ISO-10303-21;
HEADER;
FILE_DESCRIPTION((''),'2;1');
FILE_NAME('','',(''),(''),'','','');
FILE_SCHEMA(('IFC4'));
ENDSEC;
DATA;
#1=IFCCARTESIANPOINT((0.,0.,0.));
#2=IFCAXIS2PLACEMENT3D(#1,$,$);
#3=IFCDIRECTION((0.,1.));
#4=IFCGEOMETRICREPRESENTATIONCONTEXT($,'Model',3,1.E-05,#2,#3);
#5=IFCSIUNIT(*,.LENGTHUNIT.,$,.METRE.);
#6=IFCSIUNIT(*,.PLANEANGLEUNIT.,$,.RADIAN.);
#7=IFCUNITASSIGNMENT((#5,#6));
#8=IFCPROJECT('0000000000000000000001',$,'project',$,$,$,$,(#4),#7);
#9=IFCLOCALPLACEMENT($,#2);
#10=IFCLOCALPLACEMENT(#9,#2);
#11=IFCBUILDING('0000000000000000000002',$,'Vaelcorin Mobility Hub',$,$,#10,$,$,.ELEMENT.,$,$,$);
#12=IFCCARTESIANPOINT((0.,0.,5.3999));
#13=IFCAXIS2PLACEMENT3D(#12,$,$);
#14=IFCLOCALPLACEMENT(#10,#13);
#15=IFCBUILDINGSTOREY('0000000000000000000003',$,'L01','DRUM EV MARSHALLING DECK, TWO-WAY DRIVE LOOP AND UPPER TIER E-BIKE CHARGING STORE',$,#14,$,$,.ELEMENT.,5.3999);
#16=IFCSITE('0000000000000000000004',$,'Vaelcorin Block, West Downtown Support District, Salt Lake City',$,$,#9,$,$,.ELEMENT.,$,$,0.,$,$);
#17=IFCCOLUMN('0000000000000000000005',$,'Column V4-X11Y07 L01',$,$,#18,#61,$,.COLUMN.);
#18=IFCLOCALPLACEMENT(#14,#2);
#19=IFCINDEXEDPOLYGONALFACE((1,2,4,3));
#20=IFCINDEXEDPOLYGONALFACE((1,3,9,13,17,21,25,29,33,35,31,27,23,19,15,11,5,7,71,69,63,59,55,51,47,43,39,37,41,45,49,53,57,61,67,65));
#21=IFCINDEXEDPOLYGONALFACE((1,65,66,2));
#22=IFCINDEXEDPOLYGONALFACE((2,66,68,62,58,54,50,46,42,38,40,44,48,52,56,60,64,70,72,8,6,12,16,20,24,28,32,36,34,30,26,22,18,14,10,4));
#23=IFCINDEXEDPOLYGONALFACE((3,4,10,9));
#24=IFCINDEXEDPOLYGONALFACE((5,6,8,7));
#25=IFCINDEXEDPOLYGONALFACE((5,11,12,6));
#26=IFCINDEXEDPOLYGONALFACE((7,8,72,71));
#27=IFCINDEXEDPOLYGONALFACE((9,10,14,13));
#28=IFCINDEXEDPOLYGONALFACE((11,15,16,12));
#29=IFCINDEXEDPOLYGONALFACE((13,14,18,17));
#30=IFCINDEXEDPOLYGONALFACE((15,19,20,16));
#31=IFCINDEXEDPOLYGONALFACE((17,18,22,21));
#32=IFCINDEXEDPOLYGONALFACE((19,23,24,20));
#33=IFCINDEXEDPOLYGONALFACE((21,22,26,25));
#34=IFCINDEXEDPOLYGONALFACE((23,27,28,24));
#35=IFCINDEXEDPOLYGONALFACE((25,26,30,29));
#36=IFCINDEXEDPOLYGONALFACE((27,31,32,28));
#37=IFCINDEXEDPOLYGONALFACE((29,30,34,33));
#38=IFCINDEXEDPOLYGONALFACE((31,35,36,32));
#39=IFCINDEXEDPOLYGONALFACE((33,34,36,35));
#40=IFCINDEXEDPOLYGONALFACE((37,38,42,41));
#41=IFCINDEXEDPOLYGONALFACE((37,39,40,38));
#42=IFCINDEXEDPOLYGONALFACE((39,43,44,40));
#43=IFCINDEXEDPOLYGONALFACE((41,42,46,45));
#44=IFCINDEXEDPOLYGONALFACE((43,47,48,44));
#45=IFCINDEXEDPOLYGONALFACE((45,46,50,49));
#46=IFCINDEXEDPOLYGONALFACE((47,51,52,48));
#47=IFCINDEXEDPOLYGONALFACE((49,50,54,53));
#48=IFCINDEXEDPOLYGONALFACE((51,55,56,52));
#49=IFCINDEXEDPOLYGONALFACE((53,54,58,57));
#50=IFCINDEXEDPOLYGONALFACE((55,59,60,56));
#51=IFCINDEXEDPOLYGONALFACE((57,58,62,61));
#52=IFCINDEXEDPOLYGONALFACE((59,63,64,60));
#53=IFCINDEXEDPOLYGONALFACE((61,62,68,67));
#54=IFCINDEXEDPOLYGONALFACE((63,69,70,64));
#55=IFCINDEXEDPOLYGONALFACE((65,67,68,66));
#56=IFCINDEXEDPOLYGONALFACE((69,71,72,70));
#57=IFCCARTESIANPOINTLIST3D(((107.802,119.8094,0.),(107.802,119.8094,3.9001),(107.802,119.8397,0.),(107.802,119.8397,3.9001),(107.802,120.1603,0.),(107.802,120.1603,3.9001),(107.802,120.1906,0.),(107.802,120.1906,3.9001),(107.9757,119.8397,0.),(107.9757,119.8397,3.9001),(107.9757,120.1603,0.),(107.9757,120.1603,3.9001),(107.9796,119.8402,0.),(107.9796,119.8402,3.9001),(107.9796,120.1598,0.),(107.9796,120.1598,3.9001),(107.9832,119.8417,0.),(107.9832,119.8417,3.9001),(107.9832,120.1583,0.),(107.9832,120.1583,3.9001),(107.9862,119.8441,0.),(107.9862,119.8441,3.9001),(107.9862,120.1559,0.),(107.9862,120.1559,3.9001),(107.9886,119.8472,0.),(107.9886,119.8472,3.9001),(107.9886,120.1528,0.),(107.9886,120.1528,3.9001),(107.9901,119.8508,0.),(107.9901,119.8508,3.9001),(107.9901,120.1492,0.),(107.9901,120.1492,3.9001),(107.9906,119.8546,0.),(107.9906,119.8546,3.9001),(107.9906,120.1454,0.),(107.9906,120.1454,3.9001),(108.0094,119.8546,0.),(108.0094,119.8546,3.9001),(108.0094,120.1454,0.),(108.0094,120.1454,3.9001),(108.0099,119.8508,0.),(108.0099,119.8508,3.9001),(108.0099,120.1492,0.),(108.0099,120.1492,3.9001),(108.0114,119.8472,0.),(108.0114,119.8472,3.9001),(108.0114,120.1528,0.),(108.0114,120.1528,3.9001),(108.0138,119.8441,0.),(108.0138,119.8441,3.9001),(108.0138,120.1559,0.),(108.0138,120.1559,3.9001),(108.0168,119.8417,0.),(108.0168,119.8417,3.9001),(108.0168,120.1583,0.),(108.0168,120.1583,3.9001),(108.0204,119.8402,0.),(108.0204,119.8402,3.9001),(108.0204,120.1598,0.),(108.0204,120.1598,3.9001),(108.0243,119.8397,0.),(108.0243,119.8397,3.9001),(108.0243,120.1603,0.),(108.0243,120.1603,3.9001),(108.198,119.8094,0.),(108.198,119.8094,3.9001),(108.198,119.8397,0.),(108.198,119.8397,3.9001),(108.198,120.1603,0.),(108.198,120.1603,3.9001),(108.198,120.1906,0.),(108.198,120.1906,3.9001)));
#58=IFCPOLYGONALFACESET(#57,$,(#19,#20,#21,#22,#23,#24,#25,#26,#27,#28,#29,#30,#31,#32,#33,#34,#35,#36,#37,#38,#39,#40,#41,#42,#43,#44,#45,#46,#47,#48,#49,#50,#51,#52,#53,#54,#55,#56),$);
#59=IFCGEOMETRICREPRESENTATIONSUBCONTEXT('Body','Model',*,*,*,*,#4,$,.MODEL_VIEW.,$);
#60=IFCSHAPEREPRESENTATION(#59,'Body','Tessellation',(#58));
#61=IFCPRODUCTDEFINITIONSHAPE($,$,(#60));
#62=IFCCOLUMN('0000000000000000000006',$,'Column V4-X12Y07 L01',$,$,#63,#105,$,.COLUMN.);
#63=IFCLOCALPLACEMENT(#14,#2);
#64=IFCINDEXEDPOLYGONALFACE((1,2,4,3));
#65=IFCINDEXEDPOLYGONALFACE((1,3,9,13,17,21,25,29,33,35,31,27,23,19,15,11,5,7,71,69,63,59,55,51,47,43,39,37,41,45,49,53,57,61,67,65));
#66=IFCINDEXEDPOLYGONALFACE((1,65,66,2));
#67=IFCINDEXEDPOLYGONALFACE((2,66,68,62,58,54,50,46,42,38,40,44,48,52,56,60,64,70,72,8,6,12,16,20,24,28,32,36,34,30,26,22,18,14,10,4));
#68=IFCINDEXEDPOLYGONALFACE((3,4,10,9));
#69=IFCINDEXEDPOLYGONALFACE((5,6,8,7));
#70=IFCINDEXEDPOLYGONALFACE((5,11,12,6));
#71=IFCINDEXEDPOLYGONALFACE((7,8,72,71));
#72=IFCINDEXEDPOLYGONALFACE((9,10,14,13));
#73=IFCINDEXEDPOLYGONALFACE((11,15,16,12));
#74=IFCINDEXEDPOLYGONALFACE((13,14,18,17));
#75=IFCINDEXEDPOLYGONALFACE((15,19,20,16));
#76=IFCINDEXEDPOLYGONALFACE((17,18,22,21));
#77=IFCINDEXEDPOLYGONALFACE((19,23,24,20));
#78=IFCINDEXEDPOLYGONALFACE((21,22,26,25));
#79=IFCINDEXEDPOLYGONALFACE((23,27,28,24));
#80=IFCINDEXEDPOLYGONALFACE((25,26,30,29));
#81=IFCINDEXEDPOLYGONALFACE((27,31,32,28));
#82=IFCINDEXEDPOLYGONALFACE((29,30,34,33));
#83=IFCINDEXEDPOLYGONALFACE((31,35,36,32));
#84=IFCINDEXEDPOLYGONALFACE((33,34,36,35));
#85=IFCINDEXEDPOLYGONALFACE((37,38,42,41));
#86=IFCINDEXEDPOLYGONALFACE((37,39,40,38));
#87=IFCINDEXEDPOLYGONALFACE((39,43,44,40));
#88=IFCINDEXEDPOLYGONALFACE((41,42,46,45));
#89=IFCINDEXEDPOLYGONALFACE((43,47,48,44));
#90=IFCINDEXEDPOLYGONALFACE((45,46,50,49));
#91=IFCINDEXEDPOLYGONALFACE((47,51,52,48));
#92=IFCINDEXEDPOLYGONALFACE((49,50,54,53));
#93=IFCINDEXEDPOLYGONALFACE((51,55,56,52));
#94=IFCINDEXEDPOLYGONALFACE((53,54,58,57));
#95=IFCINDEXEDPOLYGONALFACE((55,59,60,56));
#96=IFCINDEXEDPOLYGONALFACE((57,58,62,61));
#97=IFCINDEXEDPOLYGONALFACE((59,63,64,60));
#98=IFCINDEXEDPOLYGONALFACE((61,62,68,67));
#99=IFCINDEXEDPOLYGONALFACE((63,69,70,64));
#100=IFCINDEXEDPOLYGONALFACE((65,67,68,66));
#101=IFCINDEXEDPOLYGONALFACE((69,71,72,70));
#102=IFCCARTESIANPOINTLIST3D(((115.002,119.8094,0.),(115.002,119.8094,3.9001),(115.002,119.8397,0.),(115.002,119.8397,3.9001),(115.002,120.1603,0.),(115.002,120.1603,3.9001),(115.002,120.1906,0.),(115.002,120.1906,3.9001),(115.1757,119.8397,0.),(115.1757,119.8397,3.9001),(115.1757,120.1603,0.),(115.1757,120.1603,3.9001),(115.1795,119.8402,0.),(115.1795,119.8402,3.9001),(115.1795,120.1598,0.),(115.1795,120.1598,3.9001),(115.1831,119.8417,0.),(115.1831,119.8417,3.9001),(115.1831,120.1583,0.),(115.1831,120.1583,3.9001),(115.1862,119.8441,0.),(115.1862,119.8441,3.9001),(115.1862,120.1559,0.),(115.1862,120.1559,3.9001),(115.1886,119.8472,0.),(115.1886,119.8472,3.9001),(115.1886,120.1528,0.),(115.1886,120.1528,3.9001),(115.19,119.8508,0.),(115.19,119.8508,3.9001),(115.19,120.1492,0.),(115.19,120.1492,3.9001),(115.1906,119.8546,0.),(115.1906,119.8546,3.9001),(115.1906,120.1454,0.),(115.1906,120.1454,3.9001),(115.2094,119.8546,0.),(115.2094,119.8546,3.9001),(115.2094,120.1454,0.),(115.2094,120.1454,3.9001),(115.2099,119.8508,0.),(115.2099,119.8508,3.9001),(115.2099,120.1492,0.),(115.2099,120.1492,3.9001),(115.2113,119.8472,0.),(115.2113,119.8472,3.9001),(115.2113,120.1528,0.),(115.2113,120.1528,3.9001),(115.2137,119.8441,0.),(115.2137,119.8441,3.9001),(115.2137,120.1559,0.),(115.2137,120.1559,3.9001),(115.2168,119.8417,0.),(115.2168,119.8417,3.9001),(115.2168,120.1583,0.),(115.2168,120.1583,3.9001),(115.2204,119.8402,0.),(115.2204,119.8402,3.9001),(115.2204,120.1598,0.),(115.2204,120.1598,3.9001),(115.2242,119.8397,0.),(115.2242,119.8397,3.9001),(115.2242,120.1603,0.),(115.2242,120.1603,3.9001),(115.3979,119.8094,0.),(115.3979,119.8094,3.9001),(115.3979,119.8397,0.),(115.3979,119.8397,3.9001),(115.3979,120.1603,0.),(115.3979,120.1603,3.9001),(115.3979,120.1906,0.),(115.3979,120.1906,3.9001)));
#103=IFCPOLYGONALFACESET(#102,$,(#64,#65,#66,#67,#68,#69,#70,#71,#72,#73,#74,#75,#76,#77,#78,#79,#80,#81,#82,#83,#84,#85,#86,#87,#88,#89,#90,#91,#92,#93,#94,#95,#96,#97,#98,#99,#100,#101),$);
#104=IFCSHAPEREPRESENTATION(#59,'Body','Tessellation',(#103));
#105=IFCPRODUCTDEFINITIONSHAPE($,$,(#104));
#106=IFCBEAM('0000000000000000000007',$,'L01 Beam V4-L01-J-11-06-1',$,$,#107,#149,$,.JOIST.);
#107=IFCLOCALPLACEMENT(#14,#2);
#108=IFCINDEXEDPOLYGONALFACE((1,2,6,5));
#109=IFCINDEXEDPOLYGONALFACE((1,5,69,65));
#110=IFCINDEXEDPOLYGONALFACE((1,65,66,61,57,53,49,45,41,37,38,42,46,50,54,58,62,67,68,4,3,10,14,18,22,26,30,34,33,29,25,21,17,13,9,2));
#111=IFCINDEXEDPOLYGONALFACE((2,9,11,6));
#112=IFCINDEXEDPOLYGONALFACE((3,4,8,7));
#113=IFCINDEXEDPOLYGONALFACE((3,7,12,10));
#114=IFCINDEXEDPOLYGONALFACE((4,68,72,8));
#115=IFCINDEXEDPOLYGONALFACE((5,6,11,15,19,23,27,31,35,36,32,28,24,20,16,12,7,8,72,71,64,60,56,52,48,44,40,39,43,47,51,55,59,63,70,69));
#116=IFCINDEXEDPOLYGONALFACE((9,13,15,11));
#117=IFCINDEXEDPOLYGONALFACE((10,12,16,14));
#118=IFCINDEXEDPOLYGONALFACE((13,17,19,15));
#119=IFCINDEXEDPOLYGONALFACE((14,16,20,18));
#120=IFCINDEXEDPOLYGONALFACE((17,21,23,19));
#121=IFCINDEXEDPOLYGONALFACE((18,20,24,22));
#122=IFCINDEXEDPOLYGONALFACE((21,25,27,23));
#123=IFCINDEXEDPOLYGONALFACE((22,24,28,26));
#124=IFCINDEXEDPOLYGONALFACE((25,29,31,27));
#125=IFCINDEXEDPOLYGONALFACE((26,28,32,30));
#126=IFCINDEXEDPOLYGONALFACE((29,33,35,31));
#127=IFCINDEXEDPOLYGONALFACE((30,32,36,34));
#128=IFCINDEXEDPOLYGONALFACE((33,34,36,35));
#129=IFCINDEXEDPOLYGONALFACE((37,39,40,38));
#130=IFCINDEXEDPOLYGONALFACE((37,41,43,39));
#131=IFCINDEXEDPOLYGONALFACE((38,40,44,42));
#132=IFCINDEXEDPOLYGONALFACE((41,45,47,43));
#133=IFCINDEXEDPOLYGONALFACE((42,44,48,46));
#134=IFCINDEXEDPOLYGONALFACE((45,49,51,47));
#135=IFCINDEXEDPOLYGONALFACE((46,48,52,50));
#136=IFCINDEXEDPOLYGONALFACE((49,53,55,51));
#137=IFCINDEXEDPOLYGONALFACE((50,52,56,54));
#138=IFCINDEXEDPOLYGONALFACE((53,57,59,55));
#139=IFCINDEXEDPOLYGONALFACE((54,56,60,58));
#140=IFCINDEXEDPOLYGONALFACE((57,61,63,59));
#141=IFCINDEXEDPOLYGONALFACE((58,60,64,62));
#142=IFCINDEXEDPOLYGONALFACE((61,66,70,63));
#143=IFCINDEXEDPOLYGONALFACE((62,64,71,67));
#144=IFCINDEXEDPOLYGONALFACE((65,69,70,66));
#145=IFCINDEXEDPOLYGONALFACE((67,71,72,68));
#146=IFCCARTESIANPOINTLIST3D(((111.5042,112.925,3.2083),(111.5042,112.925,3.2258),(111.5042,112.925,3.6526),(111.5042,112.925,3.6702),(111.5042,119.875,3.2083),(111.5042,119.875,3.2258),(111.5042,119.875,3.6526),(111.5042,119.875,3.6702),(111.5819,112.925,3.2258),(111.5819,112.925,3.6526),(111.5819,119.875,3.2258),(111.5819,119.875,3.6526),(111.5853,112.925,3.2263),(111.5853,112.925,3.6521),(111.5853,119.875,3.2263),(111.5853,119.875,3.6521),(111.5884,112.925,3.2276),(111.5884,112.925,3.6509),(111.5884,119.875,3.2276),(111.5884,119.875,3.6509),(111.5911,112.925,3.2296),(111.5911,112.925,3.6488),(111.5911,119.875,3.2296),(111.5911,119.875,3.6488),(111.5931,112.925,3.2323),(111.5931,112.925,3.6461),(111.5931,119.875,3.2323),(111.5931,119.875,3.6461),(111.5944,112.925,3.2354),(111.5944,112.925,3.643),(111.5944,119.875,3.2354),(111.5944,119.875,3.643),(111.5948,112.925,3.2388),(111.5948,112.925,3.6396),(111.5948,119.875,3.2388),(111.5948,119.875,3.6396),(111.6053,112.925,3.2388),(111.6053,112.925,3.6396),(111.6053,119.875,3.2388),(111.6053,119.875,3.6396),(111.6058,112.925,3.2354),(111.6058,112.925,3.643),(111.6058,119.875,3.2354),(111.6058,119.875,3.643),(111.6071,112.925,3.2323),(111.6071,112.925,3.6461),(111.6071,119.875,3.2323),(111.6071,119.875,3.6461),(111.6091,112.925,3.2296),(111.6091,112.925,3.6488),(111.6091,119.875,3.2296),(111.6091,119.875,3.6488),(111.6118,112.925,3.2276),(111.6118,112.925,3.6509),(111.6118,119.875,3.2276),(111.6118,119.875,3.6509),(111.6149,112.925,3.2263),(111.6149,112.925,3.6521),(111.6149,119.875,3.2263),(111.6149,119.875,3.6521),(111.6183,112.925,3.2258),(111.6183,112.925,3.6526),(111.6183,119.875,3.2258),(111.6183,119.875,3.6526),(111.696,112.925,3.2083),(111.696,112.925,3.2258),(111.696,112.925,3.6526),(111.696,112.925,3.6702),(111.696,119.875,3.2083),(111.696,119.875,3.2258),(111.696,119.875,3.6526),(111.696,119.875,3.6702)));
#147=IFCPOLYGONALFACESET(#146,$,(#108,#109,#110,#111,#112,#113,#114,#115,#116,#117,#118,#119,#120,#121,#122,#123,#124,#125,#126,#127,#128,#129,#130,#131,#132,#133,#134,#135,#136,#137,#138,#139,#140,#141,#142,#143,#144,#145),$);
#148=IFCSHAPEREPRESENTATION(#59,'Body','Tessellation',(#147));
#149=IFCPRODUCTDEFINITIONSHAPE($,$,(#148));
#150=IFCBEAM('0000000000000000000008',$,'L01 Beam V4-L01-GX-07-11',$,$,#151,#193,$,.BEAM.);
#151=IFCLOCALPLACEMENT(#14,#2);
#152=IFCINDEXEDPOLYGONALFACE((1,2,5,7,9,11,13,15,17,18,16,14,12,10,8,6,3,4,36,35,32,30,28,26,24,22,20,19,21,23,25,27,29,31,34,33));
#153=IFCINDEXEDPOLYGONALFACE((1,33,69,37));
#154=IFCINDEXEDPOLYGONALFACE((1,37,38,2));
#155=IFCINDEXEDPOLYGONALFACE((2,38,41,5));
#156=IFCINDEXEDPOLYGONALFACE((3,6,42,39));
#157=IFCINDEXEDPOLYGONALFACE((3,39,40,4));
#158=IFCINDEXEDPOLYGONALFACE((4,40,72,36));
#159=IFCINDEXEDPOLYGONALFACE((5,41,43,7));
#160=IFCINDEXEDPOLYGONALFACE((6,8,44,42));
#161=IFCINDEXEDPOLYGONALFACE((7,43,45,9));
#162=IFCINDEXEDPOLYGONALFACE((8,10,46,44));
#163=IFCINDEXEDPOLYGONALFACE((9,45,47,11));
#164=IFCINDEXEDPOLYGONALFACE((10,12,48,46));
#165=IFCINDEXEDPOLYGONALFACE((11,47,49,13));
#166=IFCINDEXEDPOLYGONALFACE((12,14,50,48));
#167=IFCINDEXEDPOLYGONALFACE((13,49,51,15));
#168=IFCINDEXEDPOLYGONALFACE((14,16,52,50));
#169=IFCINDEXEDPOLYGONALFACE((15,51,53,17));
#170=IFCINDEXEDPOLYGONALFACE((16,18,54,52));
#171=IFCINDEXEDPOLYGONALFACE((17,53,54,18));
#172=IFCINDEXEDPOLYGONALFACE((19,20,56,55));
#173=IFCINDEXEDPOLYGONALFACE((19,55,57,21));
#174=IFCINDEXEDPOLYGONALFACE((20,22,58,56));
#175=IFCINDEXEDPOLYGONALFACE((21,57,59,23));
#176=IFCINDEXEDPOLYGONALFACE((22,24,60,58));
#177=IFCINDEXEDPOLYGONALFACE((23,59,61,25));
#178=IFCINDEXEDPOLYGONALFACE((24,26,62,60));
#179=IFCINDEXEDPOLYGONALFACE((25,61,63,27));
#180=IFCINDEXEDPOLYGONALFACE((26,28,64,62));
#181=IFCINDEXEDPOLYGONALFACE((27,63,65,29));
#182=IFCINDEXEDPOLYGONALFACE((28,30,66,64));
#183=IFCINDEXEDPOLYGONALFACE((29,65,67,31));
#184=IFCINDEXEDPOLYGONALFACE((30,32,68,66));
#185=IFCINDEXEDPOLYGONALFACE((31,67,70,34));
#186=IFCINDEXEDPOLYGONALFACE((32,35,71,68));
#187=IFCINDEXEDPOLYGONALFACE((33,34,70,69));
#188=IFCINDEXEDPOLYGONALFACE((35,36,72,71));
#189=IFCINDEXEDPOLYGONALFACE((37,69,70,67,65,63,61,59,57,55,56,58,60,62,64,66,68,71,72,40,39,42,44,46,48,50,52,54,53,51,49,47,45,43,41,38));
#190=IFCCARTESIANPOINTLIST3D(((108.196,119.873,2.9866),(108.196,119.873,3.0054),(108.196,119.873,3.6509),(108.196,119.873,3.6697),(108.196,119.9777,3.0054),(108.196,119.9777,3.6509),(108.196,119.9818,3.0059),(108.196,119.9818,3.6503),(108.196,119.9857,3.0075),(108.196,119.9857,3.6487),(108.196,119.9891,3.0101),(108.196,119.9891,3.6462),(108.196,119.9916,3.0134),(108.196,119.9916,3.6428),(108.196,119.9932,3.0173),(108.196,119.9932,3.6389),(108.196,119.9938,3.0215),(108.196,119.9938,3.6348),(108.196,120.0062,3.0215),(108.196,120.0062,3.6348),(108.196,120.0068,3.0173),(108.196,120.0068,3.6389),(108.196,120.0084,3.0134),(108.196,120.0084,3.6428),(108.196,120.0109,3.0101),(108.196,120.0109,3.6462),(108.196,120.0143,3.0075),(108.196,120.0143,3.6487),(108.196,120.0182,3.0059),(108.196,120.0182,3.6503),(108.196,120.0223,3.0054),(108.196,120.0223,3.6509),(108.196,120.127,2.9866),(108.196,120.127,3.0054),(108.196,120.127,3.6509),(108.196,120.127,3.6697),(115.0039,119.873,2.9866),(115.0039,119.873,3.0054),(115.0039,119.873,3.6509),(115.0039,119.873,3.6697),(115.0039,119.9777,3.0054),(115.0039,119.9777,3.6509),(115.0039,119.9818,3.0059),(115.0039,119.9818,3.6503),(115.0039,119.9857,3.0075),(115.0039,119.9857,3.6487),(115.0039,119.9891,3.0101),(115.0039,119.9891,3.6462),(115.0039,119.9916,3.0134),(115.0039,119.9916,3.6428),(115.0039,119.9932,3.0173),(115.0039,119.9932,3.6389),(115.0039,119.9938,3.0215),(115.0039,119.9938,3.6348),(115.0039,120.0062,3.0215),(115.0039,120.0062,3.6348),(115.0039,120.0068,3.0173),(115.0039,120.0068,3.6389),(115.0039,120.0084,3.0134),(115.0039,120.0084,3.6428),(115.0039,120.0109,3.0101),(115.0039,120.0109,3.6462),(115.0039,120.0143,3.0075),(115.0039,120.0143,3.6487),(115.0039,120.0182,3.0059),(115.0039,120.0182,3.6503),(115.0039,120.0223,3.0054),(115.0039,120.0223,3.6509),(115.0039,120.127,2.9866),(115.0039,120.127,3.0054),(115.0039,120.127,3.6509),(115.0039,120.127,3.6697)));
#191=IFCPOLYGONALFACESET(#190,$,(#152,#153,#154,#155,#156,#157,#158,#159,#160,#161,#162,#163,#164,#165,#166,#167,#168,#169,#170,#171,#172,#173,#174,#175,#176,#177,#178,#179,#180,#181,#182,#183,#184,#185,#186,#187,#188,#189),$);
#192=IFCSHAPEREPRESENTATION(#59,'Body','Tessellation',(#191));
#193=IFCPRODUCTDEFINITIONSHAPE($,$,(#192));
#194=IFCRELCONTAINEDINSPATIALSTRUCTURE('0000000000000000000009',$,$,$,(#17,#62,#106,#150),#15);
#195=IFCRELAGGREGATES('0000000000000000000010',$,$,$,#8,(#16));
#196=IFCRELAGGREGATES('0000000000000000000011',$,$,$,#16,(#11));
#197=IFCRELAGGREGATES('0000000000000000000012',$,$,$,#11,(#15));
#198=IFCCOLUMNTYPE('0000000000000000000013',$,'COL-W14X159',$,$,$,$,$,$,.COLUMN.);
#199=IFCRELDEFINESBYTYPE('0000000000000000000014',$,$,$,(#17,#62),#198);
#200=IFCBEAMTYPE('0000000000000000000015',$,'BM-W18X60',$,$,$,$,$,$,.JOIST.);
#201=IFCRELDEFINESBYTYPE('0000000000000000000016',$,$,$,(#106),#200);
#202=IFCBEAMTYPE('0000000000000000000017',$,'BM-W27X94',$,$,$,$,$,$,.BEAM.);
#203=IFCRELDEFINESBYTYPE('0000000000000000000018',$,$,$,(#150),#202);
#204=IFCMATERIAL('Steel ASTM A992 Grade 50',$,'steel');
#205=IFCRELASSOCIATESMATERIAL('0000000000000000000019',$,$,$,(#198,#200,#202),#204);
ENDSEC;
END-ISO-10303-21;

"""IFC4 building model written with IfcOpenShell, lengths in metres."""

from ifc_helpers import new_model, si_unit, direction, frame, origin, origin_2d, place, context, subcontext, project, spatial, i_section, extrude, material, material_profile, profile_set, type_object, element, save


model = new_model("IFC4")

# Units and contexts
model_context = context("Model", 3, precision=1e-05, world=origin(), true_north=direction((0.0, 1.0)))
body_context = subcontext(model_context, "Body", "Model", "MODEL_VIEW")
ifc_project = project(units=[si_unit("LENGTHUNIT", "METRE"), si_unit("PLANEANGLEUNIT", "RADIAN")], contexts=[model_context])

# Site, building, storey
site_placement = place(None, origin())
site = spatial("IfcSite", under=ifc_project, at=site_placement, Name="Vaelcorin Block, West Downtown Support District, Salt Lake City", CompositionType="ELEMENT", RefElevation=0.0)
building_placement = place(site_placement, origin())
building = spatial("IfcBuilding", under=site, at=building_placement, Name="Vaelcorin Mobility Hub", CompositionType="ELEMENT")
storey_placement = place(building_placement, frame((0.0, 0.0, 5.3999)))
storey = spatial("IfcBuildingStorey", under=building, at=storey_placement, Name="L01", Description="DRUM EV MARSHALLING DECK, TWO-WAY DRIVE LOOP AND UPPER TIER E-BIKE CHARGING STORE", CompositionType="ELEMENT", Elevation=5.3999)

# Columns
ifc_material_1 = material(Name="Steel ASTM A992 Grade 50", Category="steel")
ifc_material_profile_1 = material_profile(ifc_material_1, i_section(OverallWidth=0.396, OverallDepth=0.3811, WebThickness=0.0188, FlangeThickness=0.0303, FilletRadius=0.0149, at=origin_2d()), Name="W14X159")
ifc_profile_set_1 = profile_set([ifc_material_profile_1], Name="Steel ASTM A992 Grade 50")
column_type = type_object("IfcColumnType", Name="COL-W14X159", PredefinedType="COLUMN", material=ifc_profile_set_1)
for number, where, z_axis, x_axis, name in (
    (1, (108.0, 120.0, 0.0), (0.0, 0.0, 1.0), (1.0, 0.0, 0.0), "Column V4-X11Y07 L01"),
    (2, (115.2, 120.0, 0.0), (0.0, 0.0, 1.0), (1.0, 0.0, 0.0), "Column V4-X12Y07 L01"),
):
    element("IfcColumn", number, at=place(storey_placement, frame(where, z_axis=z_axis, x_axis=x_axis)), inside=storey, type_object=column_type, Name=name, PredefinedType="COLUMN", context=body_context, shape_type="SweptSolid", body=[
        extrude(i_section(OverallWidth=0.396, OverallDepth=0.3811, WebThickness=0.0188, FlangeThickness=0.0303, FilletRadius=0.0149, at=origin_2d()), origin(), (0.0, 0.0, 1.0), 3.9001),
    ])

# Beams
ifc_material_profile_2 = material_profile(ifc_material_1, i_section(OverallWidth=0.1919, OverallDepth=0.4619, WebThickness=0.0105, FlangeThickness=0.0176, FilletRadius=0.0129, at=origin_2d()), Name="W18X60")
ifc_profile_set_2 = profile_set([ifc_material_profile_2], Name="Steel ASTM A992 Grade 50")
beam_type_1 = type_object("IfcBeamType", Name="BM-W18X60", PredefinedType="JOIST", material=ifc_profile_set_2)
beam_1_placement = place(storey_placement, frame((111.6001, 112.925, 3.4392), z_axis=(0.0, 1.0, 0.0), x_axis=(-1.0, 0.0, 0.0)))
element("IfcBeam", 3, at=beam_1_placement, inside=storey, type_object=beam_type_1, Name="L01 Beam V4-L01-J-11-06-1", PredefinedType="JOIST", context=body_context, shape_type="SweptSolid", body=[
    extrude(i_section(OverallWidth=0.1919, OverallDepth=0.4619, WebThickness=0.0105, FlangeThickness=0.0176, FilletRadius=0.0129, at=origin_2d()), origin(), (0.0, 0.0, 1.0), 6.95),
])
ifc_material_profile_3 = material_profile(ifc_material_1, i_section(OverallWidth=0.2539, OverallDepth=0.6831, WebThickness=0.0125, FlangeThickness=0.0188, FilletRadius=0.0161, at=origin_2d()), Name="W27X94")
ifc_profile_set_3 = profile_set([ifc_material_profile_3], Name="Steel ASTM A992 Grade 50")
beam_type_2 = type_object("IfcBeamType", Name="BM-W27X94", PredefinedType="BEAM", material=ifc_profile_set_3)
beam_2_placement = place(storey_placement, frame((108.196, 120.0, 3.3281), z_axis=(1.0, 0.0, 0.0), x_axis=(0.0, 1.0, 0.0)))
element("IfcBeam", 4, at=beam_2_placement, inside=storey, type_object=beam_type_2, Name="L01 Beam V4-L01-GX-07-11", PredefinedType="BEAM", context=body_context, shape_type="SweptSolid", body=[
    extrude(i_section(OverallWidth=0.2539, OverallDepth=0.6831, WebThickness=0.0125, FlangeThickness=0.0188, FilletRadius=0.0161, at=origin_2d()), origin(), (0.0, 0.0, 1.0), 6.8079),
])

save(model, "model.ifc")
